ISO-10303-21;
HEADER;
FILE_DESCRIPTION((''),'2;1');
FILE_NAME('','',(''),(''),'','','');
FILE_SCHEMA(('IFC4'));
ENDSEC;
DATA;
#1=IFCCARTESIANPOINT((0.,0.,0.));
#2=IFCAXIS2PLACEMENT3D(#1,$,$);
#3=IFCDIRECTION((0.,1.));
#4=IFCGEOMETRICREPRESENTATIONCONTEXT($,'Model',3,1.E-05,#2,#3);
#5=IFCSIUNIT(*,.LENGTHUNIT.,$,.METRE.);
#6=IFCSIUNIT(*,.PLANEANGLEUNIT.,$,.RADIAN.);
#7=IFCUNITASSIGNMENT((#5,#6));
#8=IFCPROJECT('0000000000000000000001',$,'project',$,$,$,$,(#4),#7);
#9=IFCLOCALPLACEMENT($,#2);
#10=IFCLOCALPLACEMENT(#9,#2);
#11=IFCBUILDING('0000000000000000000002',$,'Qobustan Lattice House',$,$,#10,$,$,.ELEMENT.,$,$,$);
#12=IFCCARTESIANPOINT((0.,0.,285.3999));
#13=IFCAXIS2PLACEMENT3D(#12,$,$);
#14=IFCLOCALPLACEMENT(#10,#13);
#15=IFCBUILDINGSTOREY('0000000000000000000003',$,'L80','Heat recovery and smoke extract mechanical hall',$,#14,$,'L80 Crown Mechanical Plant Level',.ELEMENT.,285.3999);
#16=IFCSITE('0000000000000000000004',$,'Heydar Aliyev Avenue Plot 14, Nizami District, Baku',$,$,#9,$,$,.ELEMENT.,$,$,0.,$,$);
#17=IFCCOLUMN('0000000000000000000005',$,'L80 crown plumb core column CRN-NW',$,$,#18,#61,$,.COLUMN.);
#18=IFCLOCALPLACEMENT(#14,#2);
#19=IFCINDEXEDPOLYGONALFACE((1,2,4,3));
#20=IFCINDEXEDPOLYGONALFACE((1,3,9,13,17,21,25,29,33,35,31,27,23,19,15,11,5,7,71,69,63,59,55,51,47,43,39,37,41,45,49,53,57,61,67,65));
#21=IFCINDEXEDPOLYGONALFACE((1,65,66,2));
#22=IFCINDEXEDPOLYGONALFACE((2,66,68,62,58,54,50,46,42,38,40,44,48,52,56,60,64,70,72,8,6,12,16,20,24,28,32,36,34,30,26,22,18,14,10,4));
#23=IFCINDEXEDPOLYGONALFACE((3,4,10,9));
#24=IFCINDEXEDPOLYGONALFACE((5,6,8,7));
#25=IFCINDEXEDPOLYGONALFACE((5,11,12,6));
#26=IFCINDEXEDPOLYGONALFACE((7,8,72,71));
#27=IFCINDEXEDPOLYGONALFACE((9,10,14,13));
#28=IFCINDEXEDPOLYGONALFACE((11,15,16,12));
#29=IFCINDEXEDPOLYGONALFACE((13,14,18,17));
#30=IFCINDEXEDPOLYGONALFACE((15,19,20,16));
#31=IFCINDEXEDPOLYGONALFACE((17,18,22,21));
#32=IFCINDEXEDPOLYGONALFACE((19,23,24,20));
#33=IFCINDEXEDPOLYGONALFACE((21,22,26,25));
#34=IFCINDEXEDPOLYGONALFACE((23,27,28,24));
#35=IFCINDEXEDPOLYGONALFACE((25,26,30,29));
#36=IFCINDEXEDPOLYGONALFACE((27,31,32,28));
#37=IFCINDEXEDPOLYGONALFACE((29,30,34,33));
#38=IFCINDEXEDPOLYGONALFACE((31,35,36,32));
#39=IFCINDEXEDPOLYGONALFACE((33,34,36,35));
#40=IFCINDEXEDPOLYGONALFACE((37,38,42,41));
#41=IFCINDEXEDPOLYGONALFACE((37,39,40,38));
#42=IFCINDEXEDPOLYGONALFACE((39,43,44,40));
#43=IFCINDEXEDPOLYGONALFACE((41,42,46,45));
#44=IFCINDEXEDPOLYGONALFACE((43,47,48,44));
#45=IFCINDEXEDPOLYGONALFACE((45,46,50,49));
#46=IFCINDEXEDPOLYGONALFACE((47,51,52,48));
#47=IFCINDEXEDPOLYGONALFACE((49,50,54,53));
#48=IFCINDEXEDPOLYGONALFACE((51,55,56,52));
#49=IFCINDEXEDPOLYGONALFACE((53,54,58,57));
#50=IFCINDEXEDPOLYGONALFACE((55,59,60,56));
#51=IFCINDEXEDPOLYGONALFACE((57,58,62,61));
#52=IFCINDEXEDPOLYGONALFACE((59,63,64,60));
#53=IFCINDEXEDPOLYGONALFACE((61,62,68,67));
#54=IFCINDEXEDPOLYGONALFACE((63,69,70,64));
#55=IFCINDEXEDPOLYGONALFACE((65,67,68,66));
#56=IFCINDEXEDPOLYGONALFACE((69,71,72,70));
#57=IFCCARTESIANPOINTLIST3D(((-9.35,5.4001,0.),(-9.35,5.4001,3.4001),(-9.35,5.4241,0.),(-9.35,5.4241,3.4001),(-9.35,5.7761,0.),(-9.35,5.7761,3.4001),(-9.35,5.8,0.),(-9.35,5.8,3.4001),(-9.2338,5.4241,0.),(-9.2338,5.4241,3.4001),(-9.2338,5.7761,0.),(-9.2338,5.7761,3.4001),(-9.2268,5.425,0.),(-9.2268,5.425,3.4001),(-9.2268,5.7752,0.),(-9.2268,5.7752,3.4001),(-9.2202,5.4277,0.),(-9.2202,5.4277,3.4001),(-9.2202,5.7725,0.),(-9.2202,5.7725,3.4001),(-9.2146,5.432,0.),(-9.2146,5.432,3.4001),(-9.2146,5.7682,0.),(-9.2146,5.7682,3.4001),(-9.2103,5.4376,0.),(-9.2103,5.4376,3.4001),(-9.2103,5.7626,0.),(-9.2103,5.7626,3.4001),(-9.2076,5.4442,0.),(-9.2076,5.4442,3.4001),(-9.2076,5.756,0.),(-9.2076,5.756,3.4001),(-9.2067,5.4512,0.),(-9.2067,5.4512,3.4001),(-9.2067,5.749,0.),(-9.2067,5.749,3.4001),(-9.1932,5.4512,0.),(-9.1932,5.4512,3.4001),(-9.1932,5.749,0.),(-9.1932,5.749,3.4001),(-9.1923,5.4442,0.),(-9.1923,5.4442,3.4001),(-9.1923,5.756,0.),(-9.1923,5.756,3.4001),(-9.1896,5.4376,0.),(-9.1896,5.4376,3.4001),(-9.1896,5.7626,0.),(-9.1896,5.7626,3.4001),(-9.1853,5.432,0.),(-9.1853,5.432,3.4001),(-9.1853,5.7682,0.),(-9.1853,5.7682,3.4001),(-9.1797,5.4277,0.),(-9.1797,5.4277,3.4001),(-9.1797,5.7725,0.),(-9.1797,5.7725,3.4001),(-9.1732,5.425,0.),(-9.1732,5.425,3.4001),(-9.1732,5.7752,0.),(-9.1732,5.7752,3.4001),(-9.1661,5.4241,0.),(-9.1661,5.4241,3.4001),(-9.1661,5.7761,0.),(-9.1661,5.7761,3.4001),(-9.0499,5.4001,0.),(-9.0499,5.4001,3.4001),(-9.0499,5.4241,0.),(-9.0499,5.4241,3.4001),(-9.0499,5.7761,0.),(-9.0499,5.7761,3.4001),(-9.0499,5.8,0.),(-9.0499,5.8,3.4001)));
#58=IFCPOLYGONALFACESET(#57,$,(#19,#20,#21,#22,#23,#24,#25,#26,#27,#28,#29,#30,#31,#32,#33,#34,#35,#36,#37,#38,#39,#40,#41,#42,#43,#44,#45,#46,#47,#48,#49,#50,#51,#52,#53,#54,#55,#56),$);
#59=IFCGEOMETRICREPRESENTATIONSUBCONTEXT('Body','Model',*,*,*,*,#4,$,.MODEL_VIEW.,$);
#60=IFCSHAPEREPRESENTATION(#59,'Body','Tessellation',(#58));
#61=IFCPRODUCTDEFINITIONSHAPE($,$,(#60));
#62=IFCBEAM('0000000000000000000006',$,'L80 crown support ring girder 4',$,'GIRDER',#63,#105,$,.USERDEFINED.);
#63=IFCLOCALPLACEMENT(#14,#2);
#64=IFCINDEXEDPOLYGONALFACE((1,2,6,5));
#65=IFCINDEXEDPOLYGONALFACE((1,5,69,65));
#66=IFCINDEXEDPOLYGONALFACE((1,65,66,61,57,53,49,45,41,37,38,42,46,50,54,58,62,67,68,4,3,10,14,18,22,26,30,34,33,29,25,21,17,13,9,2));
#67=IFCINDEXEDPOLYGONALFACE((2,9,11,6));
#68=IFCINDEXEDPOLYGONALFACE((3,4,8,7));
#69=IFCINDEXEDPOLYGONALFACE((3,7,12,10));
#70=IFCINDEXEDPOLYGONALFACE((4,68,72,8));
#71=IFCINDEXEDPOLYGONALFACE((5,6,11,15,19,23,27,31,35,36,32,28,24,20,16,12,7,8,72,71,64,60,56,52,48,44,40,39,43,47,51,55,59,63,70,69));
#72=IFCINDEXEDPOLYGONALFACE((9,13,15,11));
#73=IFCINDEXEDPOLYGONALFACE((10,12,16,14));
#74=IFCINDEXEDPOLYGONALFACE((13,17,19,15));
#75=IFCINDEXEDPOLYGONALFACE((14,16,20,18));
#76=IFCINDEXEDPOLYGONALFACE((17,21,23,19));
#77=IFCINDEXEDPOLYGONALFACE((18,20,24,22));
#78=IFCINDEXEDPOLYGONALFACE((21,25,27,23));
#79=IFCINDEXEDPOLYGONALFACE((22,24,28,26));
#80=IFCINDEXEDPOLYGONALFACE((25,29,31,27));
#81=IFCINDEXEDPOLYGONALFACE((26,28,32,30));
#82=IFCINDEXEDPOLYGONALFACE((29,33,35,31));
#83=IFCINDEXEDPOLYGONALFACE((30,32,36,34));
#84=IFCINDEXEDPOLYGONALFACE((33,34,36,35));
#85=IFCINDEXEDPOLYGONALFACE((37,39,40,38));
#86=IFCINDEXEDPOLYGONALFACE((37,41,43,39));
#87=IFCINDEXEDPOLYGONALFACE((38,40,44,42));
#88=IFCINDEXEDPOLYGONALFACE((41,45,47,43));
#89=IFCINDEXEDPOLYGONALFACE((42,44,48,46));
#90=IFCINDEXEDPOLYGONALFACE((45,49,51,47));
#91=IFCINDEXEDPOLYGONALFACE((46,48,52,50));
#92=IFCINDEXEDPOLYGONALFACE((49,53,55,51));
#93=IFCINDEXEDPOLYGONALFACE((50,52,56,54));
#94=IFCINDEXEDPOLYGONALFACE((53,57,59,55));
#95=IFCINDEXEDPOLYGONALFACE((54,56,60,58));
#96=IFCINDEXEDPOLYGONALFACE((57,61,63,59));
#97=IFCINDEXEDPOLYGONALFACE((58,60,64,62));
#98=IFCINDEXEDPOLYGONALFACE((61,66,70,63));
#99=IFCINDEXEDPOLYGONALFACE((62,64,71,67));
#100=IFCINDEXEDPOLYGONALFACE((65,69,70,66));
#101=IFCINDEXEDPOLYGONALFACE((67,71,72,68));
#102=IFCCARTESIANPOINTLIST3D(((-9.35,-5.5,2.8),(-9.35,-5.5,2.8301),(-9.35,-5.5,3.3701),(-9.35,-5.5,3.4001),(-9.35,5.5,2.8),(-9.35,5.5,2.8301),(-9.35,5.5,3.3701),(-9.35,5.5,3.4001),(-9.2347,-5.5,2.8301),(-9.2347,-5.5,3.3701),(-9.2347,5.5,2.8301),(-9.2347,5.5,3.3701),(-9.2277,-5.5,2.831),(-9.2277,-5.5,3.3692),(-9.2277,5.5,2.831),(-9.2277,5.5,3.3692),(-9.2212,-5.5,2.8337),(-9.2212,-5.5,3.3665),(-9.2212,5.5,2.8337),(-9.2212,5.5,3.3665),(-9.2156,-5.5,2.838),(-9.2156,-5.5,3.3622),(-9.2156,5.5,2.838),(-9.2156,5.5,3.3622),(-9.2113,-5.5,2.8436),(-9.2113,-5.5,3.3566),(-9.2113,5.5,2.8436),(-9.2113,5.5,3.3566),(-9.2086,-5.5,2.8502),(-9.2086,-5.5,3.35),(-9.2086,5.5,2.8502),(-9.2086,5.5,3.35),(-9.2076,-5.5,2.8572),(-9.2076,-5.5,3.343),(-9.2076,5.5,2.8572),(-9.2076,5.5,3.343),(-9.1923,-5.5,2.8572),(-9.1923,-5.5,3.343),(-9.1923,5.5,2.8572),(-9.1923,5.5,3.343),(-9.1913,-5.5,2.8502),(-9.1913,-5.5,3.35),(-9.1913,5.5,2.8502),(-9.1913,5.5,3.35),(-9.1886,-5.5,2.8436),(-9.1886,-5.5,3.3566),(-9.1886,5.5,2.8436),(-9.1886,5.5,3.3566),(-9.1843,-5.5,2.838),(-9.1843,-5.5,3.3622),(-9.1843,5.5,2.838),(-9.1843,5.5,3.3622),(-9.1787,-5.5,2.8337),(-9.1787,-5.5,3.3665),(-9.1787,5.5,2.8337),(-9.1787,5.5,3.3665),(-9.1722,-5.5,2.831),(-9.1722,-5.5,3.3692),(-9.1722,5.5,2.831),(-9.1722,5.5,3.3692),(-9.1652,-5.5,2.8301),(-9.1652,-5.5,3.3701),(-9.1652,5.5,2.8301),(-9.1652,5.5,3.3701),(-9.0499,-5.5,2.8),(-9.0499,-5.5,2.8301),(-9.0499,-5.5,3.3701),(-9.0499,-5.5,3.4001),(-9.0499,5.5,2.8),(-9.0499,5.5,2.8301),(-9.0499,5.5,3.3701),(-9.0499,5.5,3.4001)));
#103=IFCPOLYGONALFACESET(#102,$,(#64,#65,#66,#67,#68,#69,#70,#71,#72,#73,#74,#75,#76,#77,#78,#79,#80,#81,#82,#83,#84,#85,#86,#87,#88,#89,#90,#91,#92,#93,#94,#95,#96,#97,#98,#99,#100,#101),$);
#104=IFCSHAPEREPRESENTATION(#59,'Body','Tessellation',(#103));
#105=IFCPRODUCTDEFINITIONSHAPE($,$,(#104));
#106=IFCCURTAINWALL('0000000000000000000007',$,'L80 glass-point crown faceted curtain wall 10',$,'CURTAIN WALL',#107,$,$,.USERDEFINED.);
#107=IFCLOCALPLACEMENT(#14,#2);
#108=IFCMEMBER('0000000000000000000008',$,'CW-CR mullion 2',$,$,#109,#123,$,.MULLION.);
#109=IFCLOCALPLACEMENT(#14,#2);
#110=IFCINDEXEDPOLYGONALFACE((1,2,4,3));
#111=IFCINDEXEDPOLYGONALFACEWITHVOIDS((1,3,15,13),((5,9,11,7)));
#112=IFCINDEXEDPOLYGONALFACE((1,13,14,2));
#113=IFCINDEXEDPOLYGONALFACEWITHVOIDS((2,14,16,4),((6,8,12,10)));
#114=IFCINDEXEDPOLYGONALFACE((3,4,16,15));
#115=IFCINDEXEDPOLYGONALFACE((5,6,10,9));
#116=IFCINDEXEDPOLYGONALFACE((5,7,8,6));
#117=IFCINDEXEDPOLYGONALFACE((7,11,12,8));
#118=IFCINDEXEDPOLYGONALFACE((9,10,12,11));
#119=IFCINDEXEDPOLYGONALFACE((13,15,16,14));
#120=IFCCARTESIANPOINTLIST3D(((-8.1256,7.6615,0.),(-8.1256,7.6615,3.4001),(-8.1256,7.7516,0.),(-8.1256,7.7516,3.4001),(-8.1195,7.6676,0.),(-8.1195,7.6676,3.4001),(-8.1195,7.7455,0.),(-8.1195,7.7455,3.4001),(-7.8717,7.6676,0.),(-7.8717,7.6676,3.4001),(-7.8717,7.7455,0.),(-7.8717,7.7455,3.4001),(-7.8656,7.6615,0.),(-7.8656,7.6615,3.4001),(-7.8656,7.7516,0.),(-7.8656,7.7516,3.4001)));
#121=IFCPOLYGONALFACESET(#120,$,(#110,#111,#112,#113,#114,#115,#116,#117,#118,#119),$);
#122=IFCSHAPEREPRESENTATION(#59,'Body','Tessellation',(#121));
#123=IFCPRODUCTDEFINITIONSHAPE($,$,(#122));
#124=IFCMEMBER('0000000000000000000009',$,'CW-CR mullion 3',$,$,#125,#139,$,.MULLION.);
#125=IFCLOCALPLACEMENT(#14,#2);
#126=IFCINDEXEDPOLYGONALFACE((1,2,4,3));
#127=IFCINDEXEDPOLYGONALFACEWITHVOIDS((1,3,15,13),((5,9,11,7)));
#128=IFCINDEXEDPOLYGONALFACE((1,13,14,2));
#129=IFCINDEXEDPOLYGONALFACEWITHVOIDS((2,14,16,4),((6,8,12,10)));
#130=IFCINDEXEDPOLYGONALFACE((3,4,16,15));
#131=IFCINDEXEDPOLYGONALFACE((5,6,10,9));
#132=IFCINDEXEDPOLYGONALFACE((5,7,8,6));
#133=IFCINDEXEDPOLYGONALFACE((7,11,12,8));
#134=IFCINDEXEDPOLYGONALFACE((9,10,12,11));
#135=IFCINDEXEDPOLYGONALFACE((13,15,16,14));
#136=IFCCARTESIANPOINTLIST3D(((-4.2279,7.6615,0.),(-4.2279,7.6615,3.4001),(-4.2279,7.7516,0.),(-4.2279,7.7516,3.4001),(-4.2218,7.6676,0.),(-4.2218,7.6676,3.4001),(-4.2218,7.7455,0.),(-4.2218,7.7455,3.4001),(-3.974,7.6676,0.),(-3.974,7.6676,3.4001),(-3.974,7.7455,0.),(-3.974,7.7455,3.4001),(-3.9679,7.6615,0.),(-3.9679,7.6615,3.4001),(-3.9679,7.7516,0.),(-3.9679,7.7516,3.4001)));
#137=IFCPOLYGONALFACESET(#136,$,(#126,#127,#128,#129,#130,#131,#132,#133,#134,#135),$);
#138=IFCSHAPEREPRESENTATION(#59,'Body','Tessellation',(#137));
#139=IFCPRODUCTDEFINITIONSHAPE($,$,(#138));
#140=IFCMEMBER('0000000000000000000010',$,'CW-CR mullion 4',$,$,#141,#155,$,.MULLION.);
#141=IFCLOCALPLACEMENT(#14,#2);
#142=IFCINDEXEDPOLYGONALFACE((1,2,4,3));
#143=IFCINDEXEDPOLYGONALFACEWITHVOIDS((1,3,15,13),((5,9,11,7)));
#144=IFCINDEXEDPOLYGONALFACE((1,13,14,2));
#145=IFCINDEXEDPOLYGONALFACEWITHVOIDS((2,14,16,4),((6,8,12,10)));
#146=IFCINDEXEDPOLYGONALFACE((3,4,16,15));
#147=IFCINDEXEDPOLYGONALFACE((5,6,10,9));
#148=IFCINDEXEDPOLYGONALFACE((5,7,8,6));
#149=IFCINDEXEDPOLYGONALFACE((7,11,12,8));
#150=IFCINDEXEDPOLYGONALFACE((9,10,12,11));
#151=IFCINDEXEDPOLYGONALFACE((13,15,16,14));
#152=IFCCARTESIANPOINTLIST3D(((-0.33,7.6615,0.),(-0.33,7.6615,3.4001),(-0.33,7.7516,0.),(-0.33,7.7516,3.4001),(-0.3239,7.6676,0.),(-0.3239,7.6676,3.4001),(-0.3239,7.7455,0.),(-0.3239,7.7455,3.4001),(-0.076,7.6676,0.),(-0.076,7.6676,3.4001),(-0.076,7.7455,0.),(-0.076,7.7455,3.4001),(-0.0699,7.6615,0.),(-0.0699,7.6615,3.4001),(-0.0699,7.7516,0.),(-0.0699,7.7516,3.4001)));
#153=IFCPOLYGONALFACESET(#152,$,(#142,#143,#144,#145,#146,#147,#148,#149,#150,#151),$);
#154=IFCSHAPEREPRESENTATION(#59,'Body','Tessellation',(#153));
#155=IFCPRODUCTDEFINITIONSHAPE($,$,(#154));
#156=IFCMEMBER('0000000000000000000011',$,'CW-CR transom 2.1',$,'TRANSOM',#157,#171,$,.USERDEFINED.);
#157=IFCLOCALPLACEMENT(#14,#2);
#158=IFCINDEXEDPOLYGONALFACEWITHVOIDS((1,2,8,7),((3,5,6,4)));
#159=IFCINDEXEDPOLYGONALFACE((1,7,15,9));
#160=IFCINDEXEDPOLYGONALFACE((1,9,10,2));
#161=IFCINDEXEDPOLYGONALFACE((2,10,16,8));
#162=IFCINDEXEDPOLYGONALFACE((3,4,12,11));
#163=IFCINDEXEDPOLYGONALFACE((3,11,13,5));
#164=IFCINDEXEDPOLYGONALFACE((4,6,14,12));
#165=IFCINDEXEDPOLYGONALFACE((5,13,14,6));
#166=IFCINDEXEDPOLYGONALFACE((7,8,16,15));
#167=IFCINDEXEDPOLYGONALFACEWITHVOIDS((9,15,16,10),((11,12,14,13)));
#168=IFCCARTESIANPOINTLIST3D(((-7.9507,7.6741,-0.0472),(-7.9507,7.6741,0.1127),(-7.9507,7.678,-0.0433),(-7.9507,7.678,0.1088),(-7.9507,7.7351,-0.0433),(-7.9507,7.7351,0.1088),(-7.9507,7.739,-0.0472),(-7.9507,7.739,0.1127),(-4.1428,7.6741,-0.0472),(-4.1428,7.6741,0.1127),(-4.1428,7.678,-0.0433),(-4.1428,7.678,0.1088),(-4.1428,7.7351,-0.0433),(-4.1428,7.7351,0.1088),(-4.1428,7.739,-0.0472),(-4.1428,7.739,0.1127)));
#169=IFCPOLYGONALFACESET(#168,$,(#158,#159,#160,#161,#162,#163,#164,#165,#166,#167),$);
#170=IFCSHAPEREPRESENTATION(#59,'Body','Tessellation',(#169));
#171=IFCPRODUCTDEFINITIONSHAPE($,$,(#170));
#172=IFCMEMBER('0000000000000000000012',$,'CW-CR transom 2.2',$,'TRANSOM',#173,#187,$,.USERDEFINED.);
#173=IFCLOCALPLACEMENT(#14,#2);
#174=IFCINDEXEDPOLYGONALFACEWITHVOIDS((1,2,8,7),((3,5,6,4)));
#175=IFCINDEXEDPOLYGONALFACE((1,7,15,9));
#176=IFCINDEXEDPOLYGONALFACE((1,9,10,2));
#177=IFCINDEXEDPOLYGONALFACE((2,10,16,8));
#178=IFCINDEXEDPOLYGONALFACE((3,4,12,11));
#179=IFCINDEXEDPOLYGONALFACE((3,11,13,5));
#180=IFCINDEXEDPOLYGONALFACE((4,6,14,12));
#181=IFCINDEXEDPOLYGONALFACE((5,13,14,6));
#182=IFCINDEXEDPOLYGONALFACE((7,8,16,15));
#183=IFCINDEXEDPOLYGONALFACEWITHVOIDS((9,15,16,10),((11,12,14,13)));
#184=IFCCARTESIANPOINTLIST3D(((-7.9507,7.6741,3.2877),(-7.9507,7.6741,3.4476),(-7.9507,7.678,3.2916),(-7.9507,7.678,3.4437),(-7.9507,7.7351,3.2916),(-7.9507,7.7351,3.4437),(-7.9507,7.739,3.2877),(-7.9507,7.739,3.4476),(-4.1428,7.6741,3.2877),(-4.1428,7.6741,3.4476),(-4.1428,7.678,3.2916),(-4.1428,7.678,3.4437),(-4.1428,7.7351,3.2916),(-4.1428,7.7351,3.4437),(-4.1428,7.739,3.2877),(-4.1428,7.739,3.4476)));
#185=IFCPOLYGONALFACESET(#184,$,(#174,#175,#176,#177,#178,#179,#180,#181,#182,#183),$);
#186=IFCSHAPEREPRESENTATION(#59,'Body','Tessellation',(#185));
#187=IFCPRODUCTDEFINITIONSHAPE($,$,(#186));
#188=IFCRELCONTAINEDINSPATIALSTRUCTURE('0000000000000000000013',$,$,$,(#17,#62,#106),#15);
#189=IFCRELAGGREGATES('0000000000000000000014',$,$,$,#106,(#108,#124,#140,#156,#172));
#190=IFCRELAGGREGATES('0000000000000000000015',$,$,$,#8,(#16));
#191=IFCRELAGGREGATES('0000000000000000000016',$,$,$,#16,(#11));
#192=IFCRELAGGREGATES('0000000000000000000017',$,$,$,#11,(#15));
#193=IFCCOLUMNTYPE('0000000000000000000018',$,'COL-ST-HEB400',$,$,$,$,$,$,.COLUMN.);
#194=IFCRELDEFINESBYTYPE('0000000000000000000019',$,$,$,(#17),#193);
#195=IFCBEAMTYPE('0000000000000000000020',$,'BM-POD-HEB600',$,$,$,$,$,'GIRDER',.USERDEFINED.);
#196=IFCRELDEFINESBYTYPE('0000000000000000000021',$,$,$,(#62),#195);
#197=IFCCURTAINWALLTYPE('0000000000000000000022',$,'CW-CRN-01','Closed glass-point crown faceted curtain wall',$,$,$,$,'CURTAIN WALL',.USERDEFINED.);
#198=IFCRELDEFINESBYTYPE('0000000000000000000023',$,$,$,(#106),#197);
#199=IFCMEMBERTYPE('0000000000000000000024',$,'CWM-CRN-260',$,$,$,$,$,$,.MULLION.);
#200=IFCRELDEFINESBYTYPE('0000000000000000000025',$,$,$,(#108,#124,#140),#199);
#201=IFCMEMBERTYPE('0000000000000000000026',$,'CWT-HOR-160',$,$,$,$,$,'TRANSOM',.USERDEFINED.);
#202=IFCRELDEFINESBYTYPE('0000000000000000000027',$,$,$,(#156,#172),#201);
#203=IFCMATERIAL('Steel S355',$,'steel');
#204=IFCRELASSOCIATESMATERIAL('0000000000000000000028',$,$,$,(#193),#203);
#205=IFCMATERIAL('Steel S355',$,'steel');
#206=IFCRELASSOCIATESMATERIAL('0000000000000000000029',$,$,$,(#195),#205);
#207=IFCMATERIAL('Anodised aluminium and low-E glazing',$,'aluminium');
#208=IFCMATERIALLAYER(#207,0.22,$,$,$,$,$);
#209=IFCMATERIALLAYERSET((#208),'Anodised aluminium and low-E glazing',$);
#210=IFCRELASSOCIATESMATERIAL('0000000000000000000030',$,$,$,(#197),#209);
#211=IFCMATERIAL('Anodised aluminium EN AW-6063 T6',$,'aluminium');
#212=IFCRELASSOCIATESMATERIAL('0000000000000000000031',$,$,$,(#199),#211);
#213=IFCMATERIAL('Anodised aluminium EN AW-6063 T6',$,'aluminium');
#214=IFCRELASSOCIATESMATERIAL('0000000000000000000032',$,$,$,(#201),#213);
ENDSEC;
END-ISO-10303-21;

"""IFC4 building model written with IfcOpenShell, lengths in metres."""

from ifc_helpers import new_model, si_unit, direction, frame, origin, origin_2d, place, context, subcontext, project, spatial, hollow_rectangle, i_section, extrude, material, layer, layer_set, material_profile, profile_set, type_object, element, aggregate, save


model = new_model("IFC4")

# Units and contexts
model_context = context("Model", 3, precision=1e-05, world=origin(), true_north=direction((0.0, 1.0)))
body_context = subcontext(model_context, "Body", "Model", "MODEL_VIEW")
ifc_project = project(units=[si_unit("LENGTHUNIT", "METRE"), si_unit("PLANEANGLEUNIT", "RADIAN")], contexts=[model_context])

# Site, building, storey
site_placement = place(None, origin())
site = spatial("IfcSite", under=ifc_project, at=site_placement, Name="Heydar Aliyev Avenue Plot 14, Nizami District, Baku", CompositionType="ELEMENT", RefElevation=0.0)
building_placement = place(site_placement, origin())
building = spatial("IfcBuilding", under=site, at=building_placement, Name="Qobustan Lattice House", CompositionType="ELEMENT")
storey_placement = place(building_placement, frame((0.0, 0.0, 285.3999)))
storey = spatial("IfcBuildingStorey", under=building, at=storey_placement, Name="L80", Description="Heat recovery and smoke extract mechanical hall", LongName="L80 Crown Mechanical Plant Level", CompositionType="ELEMENT", Elevation=285.3999)

# Column
ifc_material_1 = material(Name="Steel S355", Category="steel")
ifc_material_profile_1 = material_profile(ifc_material_1, i_section(OverallWidth=0.3, OverallDepth=0.3999, WebThickness=0.0134, FlangeThickness=0.0239, FilletRadius=0.0271, at=origin_2d()), Name="HEB400")
ifc_profile_set_1 = profile_set([ifc_material_profile_1], Name="Steel S355")
column_type = type_object("IfcColumnType", Name="COL-ST-HEB400", PredefinedType="COLUMN", material=ifc_profile_set_1)
column_placement = place(storey_placement, frame((-9.2, 5.6001, 0.0), z_axis=(0.0, 0.0, 1.0), x_axis=(1.0, 0.0, 0.0)))
element("IfcColumn", 1, at=column_placement, inside=storey, type_object=column_type, Name="L80 crown plumb core column CRN-NW", PredefinedType="COLUMN", context=body_context, shape_type="SweptSolid", body=[
    extrude(i_section(OverallWidth=0.3, OverallDepth=0.3999, WebThickness=0.0134, FlangeThickness=0.0239, FilletRadius=0.0271, at=origin_2d()), origin(), (0.0, 0.0, 1.0), 3.4001),
])

# Beam
ifc_material_2 = material(Name="Steel S355", Category="steel")
ifc_material_profile_2 = material_profile(ifc_material_2, i_section(OverallWidth=0.3, OverallDepth=0.6001, WebThickness=0.0154, FlangeThickness=0.03, FilletRadius=0.0271, at=origin_2d()), Name="HEB600")
ifc_profile_set_2 = profile_set([ifc_material_profile_2], Name="Steel S355")
beam_type = type_object("IfcBeamType", Name="BM-POD-HEB600", ElementType="GIRDER", PredefinedType="USERDEFINED", material=ifc_profile_set_2)
beam_placement = place(storey_placement, frame((-9.2, 5.5, 3.1001), z_axis=(0.0, -1.0, 0.0), x_axis=(1.0, 0.0, 0.0)))
element("IfcBeam", 2, at=beam_placement, inside=storey, type_object=beam_type, Name="L80 crown support ring girder 4", ObjectType="GIRDER", PredefinedType="USERDEFINED", context=body_context, shape_type="SweptSolid", body=[
    extrude(i_section(OverallWidth=0.3, OverallDepth=0.6001, WebThickness=0.0154, FlangeThickness=0.03, FilletRadius=0.0271, at=origin_2d()), origin(), (0.0, 0.0, 1.0), 11.0),
])

# Curtain wall, members
ifc_material_3 = material(Name="Anodised aluminium and low-E glazing", Category="aluminium")
ifc_layer_1 = layer(ifc_material_3, 0.22)
ifc_layer_set_1 = layer_set([ifc_layer_1], Name="Anodised aluminium and low-E glazing")
curtain_wall_type = type_object("IfcCurtainWallType", Name="CW-CRN-01", Description="Closed glass-point crown faceted curtain wall", ElementType="CURTAIN WALL", PredefinedType="USERDEFINED", material=ifc_layer_set_1)
curtain_wall_placement = place(storey_placement, origin())
curtain_wall = element("IfcCurtainWall", 3, at=curtain_wall_placement, inside=storey, type_object=curtain_wall_type, Name="L80 glass-point crown faceted curtain wall 10", ObjectType="CURTAIN WALL", PredefinedType="USERDEFINED")
ifc_material_4 = material(Name="Anodised aluminium EN AW-6063 T6", Category="aluminium")
ifc_material_profile_3 = material_profile(ifc_material_4, hollow_rectangle(XDim=0.0901, YDim=0.26, WallThickness=0.0061, at=origin_2d()), Name="CWM-CROWN-260x90")
ifc_profile_set_3 = profile_set([ifc_material_profile_3], Name="Anodised aluminium EN AW-6063 T6")
member_type_1 = type_object("IfcMemberType", Name="CWM-CRN-260", PredefinedType="MULLION", material=ifc_profile_set_3)
member_1_placement = place(storey_placement, frame((-7.9956, 7.7065, 0.0), z_axis=(0.0, 0.0, 1.0), x_axis=(0.0, 1.0, 0.0)))
member_1 = element("IfcMember", 4, at=member_1_placement, type_object=member_type_1, Name="CW-CR mullion 2", PredefinedType="MULLION", context=body_context, shape_type="SweptSolid", body=[
    extrude(hollow_rectangle(XDim=0.0901, YDim=0.26, WallThickness=0.0061, at=origin_2d()), origin(), (0.0, 0.0, 1.0), 3.4001),
])
member_2_placement = place(storey_placement, frame((-4.0979, 7.7065, 0.0), z_axis=(0.0, 0.0, 1.0), x_axis=(0.0, 1.0, 0.0)))
member_2 = element("IfcMember", 5, at=member_2_placement, type_object=member_type_1, Name="CW-CR mullion 3", PredefinedType="MULLION", context=body_context, shape_type="SweptSolid", body=[
    extrude(hollow_rectangle(XDim=0.0901, YDim=0.26, WallThickness=0.0061, at=origin_2d()), origin(), (0.0, 0.0, 1.0), 3.4001),
])
member_3_placement = place(storey_placement, frame((-0.2, 7.7065, 0.0), z_axis=(0.0, 0.0, 1.0), x_axis=(0.0, 1.0, 0.0)))
member_3 = element("IfcMember", 6, at=member_3_placement, type_object=member_type_1, Name="CW-CR mullion 4", PredefinedType="MULLION", context=body_context, shape_type="SweptSolid", body=[
    extrude(hollow_rectangle(XDim=0.0901, YDim=0.26, WallThickness=0.0061, at=origin_2d()), origin(), (0.0, 0.0, 1.0), 3.4001),
])
ifc_material_5 = material(Name="Anodised aluminium EN AW-6063 T6", Category="aluminium")
ifc_material_profile_4 = material_profile(ifc_material_5, hollow_rectangle(XDim=0.0649, YDim=0.1599, WallThickness=0.0039, at=origin_2d()), Name="CWT-160x65")
ifc_profile_set_4 = profile_set([ifc_material_profile_4], Name="Anodised aluminium EN AW-6063 T6")
member_type_2 = type_object("IfcMemberType", Name="CWT-HOR-160", ElementType="TRANSOM", PredefinedType="USERDEFINED", material=ifc_profile_set_4)
member_4_placement = place(storey_placement, frame((-7.9507, 7.7065, 0.0327), z_axis=(1.0, 0.0, 0.0), x_axis=(0.0, 1.0, 0.0)))
member_4 = element("IfcMember", 7, at=member_4_placement, type_object=member_type_2, Name="CW-CR transom 2.1", ObjectType="TRANSOM", PredefinedType="USERDEFINED", context=body_context, shape_type="SweptSolid", body=[
    extrude(hollow_rectangle(XDim=0.0649, YDim=0.1599, WallThickness=0.0039, at=origin_2d()), origin(), (0.0, 0.0, 1.0), 3.8079),
])
member_5_placement = place(storey_placement, frame((-7.9507, 7.7065, 3.3677), z_axis=(1.0, 0.0, 0.0), x_axis=(0.0, 1.0, 0.0)))
member_5 = element("IfcMember", 8, at=member_5_placement, type_object=member_type_2, Name="CW-CR transom 2.2", ObjectType="TRANSOM", PredefinedType="USERDEFINED", context=body_context, shape_type="SweptSolid", body=[
    extrude(hollow_rectangle(XDim=0.0649, YDim=0.1599, WallThickness=0.0039, at=origin_2d()), origin(), (0.0, 0.0, 1.0), 3.8079),
])

aggregate(curtain_wall, [member_1, member_2, member_3, member_4, member_5])

save(model, "model.ifc")
